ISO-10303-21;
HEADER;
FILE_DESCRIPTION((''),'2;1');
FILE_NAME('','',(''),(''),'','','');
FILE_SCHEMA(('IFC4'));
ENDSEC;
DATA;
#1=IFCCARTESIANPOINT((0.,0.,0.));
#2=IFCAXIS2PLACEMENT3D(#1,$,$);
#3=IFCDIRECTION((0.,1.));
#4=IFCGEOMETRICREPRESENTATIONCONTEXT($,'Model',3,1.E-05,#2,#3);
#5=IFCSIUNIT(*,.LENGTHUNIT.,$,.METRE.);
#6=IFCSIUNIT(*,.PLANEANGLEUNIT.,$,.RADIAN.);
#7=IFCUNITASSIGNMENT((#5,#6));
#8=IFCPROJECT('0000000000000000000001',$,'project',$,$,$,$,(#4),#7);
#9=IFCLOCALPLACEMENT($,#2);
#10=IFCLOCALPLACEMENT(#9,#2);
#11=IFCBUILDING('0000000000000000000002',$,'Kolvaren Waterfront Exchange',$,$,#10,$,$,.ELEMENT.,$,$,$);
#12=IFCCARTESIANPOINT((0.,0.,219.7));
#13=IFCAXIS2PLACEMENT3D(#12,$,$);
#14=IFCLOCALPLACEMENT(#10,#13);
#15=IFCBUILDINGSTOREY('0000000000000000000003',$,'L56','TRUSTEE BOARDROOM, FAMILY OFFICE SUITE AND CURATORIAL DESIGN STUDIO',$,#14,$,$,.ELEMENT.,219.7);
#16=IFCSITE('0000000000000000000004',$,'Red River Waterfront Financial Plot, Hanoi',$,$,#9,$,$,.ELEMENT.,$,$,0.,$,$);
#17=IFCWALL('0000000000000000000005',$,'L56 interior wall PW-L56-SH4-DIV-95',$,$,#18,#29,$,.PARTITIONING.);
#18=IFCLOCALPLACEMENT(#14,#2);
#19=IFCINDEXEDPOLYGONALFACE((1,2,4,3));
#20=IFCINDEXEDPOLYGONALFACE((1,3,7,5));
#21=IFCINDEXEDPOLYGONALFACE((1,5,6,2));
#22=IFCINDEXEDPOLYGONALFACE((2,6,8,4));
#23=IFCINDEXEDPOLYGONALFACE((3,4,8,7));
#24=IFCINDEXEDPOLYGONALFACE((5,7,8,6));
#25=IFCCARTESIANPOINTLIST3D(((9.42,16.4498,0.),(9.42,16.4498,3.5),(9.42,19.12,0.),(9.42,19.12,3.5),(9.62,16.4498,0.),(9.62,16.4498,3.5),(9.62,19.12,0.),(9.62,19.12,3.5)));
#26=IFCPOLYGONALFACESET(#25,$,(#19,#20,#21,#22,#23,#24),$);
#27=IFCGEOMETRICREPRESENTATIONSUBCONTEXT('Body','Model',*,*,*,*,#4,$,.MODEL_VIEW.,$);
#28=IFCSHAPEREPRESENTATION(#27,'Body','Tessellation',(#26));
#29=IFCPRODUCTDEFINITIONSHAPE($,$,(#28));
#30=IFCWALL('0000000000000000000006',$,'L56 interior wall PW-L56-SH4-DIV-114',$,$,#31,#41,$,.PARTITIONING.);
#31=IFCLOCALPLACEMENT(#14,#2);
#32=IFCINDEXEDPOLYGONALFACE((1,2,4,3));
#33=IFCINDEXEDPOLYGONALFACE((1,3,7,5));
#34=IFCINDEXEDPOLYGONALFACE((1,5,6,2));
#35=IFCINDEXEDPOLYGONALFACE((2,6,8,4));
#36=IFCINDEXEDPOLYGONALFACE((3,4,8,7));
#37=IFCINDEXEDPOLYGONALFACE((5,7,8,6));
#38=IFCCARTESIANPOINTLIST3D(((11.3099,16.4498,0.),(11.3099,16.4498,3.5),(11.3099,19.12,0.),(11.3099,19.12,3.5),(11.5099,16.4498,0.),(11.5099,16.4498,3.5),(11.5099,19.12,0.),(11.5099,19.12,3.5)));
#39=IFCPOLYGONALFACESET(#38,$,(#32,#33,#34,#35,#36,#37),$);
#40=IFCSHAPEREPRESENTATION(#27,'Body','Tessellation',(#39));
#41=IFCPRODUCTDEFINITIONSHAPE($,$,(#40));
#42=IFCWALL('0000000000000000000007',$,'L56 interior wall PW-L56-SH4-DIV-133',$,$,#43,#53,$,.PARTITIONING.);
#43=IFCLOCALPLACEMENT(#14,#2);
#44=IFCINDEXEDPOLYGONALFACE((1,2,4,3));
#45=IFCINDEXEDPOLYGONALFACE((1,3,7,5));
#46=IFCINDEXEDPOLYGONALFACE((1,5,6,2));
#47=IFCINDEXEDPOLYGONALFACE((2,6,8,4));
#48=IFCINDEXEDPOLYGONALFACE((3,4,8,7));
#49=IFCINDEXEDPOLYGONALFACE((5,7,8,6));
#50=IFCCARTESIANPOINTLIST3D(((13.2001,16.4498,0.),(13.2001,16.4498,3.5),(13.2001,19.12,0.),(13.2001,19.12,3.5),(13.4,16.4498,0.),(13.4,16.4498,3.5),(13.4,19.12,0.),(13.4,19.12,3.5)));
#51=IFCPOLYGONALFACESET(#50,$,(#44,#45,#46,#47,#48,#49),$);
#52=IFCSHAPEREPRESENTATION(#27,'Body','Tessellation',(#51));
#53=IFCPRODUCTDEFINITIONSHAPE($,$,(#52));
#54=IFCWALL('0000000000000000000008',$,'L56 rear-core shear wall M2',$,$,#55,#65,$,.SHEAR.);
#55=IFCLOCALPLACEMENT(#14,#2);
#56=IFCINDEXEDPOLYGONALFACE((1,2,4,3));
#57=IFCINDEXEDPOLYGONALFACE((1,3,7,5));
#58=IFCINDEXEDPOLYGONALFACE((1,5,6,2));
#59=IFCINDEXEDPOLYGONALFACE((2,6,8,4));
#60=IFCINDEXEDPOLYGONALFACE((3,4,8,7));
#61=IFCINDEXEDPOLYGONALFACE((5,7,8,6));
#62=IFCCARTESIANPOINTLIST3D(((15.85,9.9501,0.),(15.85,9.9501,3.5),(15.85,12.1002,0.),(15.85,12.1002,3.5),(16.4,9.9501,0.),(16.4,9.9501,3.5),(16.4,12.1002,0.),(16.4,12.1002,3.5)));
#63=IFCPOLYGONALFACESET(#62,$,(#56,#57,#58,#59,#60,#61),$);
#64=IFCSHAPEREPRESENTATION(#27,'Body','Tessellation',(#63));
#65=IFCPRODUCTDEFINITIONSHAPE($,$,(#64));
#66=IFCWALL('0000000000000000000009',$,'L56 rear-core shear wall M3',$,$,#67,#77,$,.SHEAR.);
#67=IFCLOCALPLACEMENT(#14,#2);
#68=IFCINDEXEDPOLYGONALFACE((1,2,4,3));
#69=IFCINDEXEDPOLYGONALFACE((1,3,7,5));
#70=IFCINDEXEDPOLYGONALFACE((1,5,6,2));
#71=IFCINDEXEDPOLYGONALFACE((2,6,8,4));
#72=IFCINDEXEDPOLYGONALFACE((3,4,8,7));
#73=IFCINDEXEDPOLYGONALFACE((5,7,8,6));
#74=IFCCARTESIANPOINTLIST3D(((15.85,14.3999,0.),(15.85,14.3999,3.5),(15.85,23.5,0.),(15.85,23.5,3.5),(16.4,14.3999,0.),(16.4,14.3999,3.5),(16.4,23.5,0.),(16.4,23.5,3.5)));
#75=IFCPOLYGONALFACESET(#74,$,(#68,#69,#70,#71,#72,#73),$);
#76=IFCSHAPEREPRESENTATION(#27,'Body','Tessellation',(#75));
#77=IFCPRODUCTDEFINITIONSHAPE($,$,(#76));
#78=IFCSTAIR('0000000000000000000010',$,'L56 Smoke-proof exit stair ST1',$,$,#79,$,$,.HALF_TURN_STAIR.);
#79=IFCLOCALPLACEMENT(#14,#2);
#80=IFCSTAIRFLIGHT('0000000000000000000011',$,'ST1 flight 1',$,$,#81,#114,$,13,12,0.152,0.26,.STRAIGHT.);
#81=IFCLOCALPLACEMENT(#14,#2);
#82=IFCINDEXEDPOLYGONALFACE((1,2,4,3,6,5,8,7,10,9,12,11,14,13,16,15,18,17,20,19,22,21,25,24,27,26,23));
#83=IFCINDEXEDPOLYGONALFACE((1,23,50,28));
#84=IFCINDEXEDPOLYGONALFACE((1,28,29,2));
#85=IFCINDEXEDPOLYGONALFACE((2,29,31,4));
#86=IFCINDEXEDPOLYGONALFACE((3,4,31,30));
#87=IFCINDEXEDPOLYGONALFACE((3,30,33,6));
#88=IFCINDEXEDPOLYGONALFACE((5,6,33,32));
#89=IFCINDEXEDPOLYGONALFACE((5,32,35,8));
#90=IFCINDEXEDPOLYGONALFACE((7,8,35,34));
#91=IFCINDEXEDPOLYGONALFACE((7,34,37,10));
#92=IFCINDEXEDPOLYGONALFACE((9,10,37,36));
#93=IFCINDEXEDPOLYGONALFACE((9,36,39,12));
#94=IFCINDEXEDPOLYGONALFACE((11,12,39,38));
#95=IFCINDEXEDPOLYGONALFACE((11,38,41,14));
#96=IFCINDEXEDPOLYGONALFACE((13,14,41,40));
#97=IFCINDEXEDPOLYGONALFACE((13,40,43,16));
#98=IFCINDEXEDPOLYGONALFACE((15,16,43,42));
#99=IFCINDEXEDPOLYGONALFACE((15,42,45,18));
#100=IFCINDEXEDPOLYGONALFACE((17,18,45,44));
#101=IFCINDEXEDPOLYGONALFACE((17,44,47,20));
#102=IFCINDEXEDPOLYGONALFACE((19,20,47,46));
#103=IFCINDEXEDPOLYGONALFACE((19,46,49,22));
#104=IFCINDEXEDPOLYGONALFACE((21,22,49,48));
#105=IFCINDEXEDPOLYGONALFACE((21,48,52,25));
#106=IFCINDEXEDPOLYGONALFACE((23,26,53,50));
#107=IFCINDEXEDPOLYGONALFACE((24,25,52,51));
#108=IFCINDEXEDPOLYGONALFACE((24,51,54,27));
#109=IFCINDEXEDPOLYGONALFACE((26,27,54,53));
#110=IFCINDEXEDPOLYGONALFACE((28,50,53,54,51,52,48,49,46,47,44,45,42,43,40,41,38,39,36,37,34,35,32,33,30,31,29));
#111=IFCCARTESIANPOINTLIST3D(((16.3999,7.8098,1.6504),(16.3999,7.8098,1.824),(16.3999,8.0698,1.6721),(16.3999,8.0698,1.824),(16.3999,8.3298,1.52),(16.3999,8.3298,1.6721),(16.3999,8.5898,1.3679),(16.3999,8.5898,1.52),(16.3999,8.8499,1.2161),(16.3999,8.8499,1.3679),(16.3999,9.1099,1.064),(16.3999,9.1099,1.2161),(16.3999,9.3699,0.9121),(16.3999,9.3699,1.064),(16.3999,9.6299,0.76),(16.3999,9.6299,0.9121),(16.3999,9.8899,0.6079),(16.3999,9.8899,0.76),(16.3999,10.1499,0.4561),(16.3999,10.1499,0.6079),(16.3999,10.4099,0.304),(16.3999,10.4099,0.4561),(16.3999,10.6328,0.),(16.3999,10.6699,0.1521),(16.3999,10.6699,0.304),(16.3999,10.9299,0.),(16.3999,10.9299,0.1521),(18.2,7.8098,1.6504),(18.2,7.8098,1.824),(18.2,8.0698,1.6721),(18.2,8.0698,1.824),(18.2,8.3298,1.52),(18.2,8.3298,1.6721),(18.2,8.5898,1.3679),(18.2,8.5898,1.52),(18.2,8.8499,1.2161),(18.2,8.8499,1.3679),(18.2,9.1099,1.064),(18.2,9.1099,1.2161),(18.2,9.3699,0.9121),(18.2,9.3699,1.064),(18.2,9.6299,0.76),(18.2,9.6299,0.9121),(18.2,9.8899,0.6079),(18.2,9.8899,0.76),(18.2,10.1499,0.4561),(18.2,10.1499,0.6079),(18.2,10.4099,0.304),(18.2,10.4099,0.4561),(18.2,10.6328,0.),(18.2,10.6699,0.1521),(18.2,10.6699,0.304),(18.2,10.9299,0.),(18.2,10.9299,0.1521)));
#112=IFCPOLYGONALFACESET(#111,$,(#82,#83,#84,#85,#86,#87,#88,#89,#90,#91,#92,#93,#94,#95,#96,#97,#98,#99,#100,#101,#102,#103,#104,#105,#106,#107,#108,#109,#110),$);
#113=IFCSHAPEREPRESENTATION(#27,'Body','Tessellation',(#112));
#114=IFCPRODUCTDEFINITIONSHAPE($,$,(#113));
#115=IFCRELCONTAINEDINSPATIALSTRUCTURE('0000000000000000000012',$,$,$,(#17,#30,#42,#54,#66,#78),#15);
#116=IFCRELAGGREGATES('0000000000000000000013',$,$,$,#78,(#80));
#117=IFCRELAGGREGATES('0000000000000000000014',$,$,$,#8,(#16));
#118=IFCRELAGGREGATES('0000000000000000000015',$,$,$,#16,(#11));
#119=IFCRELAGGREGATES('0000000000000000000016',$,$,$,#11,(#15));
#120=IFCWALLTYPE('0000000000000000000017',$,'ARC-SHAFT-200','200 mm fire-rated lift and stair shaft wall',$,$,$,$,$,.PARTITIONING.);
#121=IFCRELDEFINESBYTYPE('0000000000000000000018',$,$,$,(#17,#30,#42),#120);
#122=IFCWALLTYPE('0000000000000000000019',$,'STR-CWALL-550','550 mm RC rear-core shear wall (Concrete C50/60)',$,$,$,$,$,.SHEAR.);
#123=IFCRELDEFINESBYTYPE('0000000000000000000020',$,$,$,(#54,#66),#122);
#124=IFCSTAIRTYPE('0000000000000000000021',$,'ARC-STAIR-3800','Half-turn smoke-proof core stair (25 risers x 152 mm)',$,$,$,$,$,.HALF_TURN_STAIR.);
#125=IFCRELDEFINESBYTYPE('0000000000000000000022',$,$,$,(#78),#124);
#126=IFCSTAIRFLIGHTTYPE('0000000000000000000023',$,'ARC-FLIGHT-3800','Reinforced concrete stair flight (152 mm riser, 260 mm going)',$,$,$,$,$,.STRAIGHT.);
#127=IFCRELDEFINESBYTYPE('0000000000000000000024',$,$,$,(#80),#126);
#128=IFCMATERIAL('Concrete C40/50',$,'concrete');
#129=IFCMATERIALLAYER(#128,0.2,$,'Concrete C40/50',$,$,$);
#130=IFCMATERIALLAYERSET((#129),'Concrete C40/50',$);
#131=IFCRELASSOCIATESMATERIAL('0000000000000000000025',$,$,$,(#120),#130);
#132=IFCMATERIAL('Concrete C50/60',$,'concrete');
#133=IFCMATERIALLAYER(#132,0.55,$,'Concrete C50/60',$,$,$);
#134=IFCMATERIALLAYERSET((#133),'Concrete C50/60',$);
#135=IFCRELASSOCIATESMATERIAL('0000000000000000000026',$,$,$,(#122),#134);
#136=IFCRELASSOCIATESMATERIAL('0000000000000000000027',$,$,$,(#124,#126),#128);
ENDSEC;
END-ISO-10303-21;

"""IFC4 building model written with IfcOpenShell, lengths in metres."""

from ifc_helpers import new_model, si_unit, direction, frame, frame_2d, origin, place, context, subcontext, project, spatial, polyline, rectangle, outline, extrude, material, layer, layer_set, type_object, element, aggregate, save


model = new_model("IFC4")

# Units and contexts
model_context = context("Model", 3, precision=1e-05, world=origin(), true_north=direction((0.0, 1.0)))
body_context = subcontext(model_context, "Body", "Model", "MODEL_VIEW")
ifc_project = project(units=[si_unit("LENGTHUNIT", "METRE"), si_unit("PLANEANGLEUNIT", "RADIAN")], contexts=[model_context])

# Site, building, storey
site_placement = place(None, origin())
site = spatial("IfcSite", under=ifc_project, at=site_placement, Name="Red River Waterfront Financial Plot, Hanoi", CompositionType="ELEMENT", RefElevation=0.0)
building_placement = place(site_placement, origin())
building = spatial("IfcBuilding", under=site, at=building_placement, Name="Kolvaren Waterfront Exchange", CompositionType="ELEMENT")
storey_placement = place(building_placement, frame((0.0, 0.0, 219.7)))
storey = spatial("IfcBuildingStorey", under=building, at=storey_placement, Name="L56", Description="TRUSTEE BOARDROOM, FAMILY OFFICE SUITE AND CURATORIAL DESIGN STUDIO", CompositionType="ELEMENT", Elevation=219.7)

# Walls
ifc_material_1 = material(Name="Concrete C40/50", Category="concrete")
ifc_layer_1 = layer(ifc_material_1, 0.2, Name="Concrete C40/50")
ifc_layer_set_1 = layer_set([ifc_layer_1], Name="Concrete C40/50")
wall_type_1 = type_object("IfcWallType", Name="ARC-SHAFT-200", Description="200 mm fire-rated lift and stair shaft wall", PredefinedType="PARTITIONING", material=ifc_layer_set_1)
for number, where, z_axis, x_axis, name in (
    (1, (9.52, 16.45, 0.0), (0.0, 0.0, 1.0), (0.0, 1.0, 0.0), "L56 interior wall PW-L56-SH4-DIV-95"),
    (2, (11.4099, 16.45, 0.0), (0.0, 0.0, 1.0), (0.0, 1.0, 0.0), "L56 interior wall PW-L56-SH4-DIV-114"),
    (3, (13.3, 16.45, 0.0), (0.0, 0.0, 1.0), (0.0, 1.0, 0.0), "L56 interior wall PW-L56-SH4-DIV-133"),
):
    element("IfcWall", number, at=place(storey_placement, frame(where, z_axis=z_axis, x_axis=x_axis)), inside=storey, type_object=wall_type_1, Name=name, PredefinedType="PARTITIONING", context=body_context, shape_type="SweptSolid", body=[
        extrude(rectangle(XDim=2.6702, YDim=0.2, at=frame_2d((1.335, 0.0))), origin(), (0.0, 0.0, 1.0), 3.5),
    ])
ifc_material_2 = material(Name="Concrete C50/60", Category="concrete")
ifc_layer_2 = layer(ifc_material_2, 0.55, Name="Concrete C50/60")
ifc_layer_set_2 = layer_set([ifc_layer_2], Name="Concrete C50/60")
wall_type_2 = type_object("IfcWallType", Name="STR-CWALL-550", Description="550 mm RC rear-core shear wall (Concrete C50/60)", PredefinedType="SHEAR", material=ifc_layer_set_2)
wall_1_placement = place(storey_placement, frame((16.125, 9.95, 0.0), z_axis=(0.0, 0.0, 1.0), x_axis=(0.0, 1.0, 0.0)))
element("IfcWall", 4, at=wall_1_placement, inside=storey, type_object=wall_type_2, Name="L56 rear-core shear wall M2", PredefinedType="SHEAR", context=body_context, shape_type="SweptSolid", body=[
    extrude(rectangle(XDim=2.1501, YDim=0.55, at=frame_2d((1.0752, 0.0))), origin(), (0.0, 0.0, 1.0), 3.5),
])
wall_2_placement = place(storey_placement, frame((16.125, 14.3999, 0.0), z_axis=(0.0, 0.0, 1.0), x_axis=(0.0, 1.0, 0.0)))
element("IfcWall", 5, at=wall_2_placement, inside=storey, type_object=wall_type_2, Name="L56 rear-core shear wall M3", PredefinedType="SHEAR", context=body_context, shape_type="SweptSolid", body=[
    extrude(rectangle(XDim=9.1001, YDim=0.55, at=frame_2d((4.55, 0.0))), origin(), (0.0, 0.0, 1.0), 3.5),
])

# Stair, stair flight
stair_type = type_object("IfcStairType", Name="ARC-STAIR-3800", Description="Half-turn smoke-proof core stair (25 risers x 152 mm)", PredefinedType="HALF_TURN_STAIR", material=ifc_material_1)
stair_placement = place(storey_placement, origin())
stair = element("IfcStair", 6, at=stair_placement, inside=storey, type_object=stair_type, Name="L56 Smoke-proof exit stair ST1", PredefinedType="HALF_TURN_STAIR")
stair_flight_type = type_object("IfcStairFlightType", Name="ARC-FLIGHT-3800", Description="Reinforced concrete stair flight (152 mm riser, 260 mm going)", PredefinedType="STRAIGHT", material=ifc_material_1)
stair_flight_placement = place(storey_placement, frame((17.3, 10.9299, 0.0), z_axis=(0.0, 0.0, 1.0), x_axis=(0.0, -1.0, 0.0)))
stair_flight = element("IfcStairFlight", 7, at=stair_flight_placement, type_object=stair_flight_type, Name="ST1 flight 1", NumberOfRisers=13, NumberOfTreads=12, PredefinedType="STRAIGHT", RiserHeight=0.152, TreadLength=0.26, context=body_context, shape_type="SweptSolid", body=[
    extrude(outline(polyline([(0.0, 0.0), (0.0, 0.1521), (0.26, 0.1521), (0.26, 0.304), (0.52, 0.304), (0.52, 0.4561), (0.78, 0.4561), (0.78, 0.6079), (1.04, 0.6079), (1.04, 0.76), (1.3, 0.76), (1.3, 0.9121), (1.5601, 0.9121), (1.5601, 1.064), (1.8201, 1.064), (1.8201, 1.2161), (2.0801, 1.2161), (2.0801, 1.3679), (2.3401, 1.3679), (2.3401, 1.52), (2.6001, 1.52), (2.6001, 1.6721), (2.8601, 1.6721), (2.8601, 1.824), (3.1201, 1.824), (3.1201, 1.9761), (3.1201, 1.6504), (0.2971, 0.0), (0.0, 0.0)])), frame((0.0, 0.8999, 0.0), z_axis=(0.0, -1.0, 0.0), x_axis=(1.0, 0.0, 0.0)), (0.0, 0.0, 1.0), 1.8),
])
aggregate(stair, [stair_flight])

save(model, "model.ifc")
